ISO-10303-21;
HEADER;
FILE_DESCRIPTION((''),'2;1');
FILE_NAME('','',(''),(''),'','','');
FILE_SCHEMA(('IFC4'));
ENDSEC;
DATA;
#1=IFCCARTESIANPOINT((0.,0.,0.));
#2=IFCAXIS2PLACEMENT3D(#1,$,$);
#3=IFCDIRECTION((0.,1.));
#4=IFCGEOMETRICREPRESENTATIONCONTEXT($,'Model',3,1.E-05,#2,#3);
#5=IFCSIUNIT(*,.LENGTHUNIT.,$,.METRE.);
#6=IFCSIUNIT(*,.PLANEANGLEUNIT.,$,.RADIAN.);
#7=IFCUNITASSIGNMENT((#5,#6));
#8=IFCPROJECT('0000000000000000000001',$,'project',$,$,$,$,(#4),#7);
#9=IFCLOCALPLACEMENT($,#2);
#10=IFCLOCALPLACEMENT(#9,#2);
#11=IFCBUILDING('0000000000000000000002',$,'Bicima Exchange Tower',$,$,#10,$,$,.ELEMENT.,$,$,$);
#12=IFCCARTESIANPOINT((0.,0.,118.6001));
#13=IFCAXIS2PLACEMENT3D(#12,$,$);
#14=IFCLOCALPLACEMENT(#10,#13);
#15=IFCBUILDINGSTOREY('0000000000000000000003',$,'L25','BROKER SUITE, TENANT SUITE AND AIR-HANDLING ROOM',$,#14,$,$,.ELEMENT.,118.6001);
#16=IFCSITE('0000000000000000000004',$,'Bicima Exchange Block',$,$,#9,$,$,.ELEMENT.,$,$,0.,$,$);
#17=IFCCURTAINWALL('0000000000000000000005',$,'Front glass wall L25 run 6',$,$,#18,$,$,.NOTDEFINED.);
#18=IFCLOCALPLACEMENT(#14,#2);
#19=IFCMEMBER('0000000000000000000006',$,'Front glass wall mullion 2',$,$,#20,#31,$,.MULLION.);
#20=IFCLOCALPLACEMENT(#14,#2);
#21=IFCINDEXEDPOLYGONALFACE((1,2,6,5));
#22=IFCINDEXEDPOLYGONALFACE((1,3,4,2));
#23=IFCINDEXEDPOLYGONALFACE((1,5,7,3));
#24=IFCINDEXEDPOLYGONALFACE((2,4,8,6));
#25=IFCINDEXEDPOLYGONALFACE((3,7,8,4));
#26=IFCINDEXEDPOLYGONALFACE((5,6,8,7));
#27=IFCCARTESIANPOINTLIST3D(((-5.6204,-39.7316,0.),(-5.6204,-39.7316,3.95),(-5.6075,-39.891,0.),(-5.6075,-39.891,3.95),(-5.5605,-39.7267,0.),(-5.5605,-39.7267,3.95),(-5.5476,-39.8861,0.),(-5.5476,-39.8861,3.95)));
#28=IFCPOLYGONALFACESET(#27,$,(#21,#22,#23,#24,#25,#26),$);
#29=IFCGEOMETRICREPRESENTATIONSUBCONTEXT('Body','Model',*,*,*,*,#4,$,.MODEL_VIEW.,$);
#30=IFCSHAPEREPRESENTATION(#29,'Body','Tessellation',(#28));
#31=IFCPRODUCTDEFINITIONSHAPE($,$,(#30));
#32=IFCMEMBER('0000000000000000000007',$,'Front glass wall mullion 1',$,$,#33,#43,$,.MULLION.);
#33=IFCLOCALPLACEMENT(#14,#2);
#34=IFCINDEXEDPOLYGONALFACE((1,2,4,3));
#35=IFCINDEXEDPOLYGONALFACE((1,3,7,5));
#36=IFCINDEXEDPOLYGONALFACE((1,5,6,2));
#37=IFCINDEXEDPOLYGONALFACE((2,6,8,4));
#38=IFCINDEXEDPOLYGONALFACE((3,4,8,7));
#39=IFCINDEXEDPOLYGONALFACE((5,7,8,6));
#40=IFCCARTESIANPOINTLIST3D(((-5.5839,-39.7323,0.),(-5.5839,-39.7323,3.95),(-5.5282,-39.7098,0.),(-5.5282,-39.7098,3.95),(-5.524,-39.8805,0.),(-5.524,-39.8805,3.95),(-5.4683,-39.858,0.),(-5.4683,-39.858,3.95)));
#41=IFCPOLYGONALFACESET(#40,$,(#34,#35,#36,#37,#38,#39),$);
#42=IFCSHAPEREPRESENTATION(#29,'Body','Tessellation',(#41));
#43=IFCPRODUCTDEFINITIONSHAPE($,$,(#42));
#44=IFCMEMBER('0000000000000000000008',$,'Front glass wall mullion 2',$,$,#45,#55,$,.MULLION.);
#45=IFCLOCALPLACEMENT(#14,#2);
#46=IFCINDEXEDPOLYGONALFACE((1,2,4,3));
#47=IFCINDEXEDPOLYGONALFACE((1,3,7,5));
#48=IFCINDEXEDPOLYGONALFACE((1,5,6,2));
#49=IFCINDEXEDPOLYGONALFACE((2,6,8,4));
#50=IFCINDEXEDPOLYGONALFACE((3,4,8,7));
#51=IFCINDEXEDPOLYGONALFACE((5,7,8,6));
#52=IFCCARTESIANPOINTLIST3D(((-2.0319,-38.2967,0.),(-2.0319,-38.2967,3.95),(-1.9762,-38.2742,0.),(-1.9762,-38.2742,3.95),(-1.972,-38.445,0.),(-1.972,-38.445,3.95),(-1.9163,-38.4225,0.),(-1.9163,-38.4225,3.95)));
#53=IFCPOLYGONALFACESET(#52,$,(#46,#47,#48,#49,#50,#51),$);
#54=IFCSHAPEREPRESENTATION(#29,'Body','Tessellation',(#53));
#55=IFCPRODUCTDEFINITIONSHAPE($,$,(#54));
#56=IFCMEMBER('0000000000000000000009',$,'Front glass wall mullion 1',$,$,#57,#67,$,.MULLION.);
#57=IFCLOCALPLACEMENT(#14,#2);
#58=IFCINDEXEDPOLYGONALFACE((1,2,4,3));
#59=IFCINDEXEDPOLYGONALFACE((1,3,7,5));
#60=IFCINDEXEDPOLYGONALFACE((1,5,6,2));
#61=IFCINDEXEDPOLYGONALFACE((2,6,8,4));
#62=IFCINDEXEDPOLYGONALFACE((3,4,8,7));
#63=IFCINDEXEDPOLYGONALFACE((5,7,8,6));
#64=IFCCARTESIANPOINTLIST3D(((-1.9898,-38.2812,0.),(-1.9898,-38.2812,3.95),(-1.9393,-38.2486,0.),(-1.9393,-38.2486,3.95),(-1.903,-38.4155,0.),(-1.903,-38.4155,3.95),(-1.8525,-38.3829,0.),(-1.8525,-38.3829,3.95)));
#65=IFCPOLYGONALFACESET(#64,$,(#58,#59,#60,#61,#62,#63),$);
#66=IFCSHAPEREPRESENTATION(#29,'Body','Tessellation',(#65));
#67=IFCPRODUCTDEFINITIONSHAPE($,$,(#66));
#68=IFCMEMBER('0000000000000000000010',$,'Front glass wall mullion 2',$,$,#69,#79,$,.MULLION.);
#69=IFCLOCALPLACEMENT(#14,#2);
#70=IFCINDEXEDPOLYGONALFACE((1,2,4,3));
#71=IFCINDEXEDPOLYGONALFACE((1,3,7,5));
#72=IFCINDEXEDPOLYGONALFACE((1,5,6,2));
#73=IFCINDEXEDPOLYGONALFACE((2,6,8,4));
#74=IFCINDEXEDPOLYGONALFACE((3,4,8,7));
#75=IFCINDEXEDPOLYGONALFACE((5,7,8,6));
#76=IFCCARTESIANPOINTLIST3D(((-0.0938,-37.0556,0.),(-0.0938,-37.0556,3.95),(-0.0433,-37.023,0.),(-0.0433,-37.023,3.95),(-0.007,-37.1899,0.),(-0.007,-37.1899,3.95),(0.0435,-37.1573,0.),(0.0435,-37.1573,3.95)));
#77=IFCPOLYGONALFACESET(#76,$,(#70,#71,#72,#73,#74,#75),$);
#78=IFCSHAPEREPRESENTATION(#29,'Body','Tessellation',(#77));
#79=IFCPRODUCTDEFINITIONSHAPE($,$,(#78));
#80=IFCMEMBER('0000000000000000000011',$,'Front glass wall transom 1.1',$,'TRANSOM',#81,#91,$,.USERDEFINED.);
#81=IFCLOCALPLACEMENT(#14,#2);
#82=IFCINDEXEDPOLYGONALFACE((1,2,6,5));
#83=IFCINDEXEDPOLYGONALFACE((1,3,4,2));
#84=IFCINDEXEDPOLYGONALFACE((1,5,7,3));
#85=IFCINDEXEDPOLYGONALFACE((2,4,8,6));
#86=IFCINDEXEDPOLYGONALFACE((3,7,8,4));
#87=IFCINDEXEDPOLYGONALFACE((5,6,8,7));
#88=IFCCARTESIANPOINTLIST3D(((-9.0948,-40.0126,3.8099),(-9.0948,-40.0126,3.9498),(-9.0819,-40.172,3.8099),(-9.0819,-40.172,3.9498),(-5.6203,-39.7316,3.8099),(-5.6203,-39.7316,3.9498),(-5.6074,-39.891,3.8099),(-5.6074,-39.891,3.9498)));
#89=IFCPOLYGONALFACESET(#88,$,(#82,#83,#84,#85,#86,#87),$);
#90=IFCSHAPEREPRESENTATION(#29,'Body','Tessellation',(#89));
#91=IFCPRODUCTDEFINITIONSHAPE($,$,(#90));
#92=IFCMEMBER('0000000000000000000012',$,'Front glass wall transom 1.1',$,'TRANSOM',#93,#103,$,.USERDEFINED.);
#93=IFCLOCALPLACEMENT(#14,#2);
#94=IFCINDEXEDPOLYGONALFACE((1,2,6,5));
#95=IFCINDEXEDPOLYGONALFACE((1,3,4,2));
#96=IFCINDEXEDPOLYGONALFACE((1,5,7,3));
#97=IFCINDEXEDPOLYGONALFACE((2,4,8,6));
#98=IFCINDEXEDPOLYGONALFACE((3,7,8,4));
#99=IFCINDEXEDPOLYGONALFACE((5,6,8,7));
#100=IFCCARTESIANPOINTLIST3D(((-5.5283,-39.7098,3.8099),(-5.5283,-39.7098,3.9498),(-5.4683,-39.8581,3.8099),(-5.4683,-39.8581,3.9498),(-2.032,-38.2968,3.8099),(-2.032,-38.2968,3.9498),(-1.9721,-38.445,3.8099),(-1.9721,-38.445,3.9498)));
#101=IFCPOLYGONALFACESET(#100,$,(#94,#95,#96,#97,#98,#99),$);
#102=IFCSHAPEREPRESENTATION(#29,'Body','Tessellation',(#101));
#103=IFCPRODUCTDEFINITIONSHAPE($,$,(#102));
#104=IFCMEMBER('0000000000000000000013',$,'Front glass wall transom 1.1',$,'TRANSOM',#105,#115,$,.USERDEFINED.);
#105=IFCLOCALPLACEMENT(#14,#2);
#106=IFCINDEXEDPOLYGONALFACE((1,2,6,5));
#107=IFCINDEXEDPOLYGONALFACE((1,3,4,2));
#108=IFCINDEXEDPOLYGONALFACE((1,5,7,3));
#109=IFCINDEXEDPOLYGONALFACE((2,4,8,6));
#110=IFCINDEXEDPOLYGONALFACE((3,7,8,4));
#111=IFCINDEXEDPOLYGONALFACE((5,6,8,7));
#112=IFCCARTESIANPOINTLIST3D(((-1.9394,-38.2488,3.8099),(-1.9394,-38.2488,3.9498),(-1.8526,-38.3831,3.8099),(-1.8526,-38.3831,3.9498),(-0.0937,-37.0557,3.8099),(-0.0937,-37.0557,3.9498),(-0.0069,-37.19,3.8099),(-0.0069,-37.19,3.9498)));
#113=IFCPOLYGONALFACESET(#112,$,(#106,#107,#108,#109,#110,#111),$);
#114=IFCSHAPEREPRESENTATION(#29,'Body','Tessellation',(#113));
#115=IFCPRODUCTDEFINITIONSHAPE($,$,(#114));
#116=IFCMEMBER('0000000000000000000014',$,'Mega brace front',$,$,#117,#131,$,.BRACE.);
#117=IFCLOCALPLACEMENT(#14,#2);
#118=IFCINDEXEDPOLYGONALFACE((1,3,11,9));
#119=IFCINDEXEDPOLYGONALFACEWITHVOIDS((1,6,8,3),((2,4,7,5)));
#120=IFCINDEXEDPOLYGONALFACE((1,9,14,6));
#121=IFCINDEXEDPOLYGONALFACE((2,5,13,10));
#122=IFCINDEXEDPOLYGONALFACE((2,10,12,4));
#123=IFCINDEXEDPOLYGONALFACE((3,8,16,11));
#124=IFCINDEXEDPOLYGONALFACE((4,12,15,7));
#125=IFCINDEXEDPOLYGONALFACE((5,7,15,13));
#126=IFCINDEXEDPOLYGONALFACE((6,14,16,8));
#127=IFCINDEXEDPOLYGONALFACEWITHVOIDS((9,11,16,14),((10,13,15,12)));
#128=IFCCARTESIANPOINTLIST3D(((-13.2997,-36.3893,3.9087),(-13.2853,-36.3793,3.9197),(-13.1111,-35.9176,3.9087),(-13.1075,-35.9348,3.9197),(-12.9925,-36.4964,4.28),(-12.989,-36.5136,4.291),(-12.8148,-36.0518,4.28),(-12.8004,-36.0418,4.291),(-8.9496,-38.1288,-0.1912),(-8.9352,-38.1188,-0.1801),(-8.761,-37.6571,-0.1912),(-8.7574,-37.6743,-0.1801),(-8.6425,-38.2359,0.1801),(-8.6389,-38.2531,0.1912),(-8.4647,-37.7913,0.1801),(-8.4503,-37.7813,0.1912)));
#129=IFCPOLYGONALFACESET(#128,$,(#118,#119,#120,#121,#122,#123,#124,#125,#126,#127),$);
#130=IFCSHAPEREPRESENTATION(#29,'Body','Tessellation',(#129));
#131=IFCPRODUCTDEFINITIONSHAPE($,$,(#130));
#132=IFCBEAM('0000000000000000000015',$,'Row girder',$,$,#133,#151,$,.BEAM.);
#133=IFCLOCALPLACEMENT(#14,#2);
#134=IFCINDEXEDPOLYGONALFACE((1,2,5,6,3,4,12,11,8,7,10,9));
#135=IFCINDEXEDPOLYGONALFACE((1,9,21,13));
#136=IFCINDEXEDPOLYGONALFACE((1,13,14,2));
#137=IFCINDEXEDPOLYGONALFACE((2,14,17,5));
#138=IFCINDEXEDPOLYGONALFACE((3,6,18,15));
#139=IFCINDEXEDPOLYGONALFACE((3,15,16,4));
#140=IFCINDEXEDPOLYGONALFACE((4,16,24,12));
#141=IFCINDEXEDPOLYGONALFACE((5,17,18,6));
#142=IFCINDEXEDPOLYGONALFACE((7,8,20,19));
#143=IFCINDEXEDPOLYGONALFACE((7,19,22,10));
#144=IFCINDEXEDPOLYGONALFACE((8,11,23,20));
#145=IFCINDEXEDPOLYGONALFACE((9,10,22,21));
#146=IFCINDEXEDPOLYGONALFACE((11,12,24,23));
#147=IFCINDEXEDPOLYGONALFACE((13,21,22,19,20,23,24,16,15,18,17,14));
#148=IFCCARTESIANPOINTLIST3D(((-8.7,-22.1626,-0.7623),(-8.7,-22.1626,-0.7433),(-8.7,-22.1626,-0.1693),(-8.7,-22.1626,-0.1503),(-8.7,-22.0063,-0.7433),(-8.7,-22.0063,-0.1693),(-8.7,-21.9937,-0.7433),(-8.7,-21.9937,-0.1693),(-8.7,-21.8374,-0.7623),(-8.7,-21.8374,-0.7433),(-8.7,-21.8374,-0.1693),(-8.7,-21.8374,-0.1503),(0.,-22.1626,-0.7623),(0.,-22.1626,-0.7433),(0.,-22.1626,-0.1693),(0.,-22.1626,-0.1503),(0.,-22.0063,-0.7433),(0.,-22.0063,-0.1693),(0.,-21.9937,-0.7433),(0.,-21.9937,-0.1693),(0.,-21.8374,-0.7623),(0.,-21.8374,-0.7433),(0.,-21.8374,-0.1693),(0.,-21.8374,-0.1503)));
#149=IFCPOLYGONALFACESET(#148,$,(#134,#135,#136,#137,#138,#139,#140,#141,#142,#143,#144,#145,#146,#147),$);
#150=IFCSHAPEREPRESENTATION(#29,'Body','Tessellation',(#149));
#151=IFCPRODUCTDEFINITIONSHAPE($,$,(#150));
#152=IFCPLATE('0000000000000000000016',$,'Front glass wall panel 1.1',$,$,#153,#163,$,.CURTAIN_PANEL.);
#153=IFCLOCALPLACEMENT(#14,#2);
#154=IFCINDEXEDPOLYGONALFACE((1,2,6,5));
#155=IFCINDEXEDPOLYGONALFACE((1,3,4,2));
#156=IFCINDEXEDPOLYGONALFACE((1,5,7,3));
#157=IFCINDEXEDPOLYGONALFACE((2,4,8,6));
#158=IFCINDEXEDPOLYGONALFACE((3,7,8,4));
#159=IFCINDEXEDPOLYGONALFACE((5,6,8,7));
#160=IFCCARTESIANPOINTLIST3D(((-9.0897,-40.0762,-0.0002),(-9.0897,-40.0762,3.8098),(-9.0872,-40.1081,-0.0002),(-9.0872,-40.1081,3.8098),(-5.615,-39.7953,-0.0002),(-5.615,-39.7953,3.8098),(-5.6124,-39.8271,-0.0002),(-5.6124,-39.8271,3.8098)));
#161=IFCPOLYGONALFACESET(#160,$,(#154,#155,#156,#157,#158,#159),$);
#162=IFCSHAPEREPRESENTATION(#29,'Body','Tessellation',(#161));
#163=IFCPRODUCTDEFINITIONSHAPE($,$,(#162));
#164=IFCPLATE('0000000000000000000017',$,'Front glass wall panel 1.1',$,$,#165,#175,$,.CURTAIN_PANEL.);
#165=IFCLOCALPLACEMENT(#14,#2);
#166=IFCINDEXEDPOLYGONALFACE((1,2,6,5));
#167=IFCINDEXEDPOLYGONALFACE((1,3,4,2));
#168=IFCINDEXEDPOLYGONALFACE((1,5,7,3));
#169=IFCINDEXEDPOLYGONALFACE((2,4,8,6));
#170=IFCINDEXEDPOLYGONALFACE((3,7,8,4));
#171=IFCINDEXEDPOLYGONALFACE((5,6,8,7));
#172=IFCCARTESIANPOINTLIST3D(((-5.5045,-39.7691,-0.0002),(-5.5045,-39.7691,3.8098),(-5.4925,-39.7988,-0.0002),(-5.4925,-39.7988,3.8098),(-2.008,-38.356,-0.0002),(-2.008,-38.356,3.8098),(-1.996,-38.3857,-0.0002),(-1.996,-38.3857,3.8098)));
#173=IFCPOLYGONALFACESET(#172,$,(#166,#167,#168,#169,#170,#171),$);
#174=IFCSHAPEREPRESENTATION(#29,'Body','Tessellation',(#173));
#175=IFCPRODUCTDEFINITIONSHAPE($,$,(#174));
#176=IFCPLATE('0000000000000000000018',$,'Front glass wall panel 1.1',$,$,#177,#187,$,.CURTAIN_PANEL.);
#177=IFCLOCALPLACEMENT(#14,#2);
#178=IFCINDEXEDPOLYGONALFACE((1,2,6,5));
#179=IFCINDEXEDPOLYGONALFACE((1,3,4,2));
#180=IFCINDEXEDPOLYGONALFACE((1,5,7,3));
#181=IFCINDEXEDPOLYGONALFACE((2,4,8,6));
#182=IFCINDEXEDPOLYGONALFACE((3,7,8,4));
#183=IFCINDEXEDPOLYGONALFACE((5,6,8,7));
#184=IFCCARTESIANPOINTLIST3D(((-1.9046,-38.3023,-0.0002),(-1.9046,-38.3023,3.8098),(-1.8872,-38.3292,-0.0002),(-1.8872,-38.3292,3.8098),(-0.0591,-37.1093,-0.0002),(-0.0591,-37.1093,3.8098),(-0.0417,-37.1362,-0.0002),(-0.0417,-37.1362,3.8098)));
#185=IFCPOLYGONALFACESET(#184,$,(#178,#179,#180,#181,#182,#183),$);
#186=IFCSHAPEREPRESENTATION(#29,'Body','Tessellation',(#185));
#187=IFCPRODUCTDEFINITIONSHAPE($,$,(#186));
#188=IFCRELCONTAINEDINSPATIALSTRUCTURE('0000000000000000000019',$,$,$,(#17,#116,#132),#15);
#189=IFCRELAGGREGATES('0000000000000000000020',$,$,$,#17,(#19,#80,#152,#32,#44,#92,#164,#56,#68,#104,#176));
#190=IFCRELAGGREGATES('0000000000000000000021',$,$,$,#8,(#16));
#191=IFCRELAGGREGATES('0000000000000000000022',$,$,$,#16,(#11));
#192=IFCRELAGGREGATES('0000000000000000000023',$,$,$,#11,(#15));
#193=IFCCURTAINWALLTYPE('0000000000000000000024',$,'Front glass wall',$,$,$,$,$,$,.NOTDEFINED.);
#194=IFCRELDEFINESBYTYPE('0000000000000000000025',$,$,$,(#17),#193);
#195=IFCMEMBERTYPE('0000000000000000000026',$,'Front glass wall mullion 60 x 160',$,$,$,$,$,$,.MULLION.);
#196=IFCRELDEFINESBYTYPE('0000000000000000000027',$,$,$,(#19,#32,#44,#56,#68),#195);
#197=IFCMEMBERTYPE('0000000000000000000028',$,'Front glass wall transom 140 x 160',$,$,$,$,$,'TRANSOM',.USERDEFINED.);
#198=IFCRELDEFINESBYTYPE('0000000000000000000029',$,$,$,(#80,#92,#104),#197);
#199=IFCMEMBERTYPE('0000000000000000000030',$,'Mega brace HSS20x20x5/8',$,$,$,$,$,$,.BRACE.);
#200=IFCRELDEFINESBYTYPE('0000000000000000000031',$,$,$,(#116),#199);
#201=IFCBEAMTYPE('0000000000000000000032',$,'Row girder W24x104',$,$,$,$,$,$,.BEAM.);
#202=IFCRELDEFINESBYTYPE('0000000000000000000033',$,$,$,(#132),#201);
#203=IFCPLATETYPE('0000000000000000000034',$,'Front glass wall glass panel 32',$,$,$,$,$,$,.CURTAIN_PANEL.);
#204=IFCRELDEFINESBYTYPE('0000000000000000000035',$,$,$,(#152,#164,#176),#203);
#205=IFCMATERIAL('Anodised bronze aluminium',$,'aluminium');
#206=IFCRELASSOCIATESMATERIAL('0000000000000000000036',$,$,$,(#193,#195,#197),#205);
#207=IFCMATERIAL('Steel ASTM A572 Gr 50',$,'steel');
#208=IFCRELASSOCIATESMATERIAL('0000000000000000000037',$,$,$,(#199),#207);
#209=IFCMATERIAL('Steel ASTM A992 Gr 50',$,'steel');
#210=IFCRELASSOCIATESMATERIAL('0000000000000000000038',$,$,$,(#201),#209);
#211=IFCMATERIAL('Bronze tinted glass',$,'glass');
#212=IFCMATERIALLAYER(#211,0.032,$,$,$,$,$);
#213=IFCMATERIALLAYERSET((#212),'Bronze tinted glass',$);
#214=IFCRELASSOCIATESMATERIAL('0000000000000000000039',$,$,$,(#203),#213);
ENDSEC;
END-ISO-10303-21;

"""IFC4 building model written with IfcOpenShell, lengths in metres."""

from ifc_helpers import new_model, si_unit, direction, frame, origin, origin_2d, place, context, subcontext, project, spatial, rectangle, hollow_rectangle, i_section, extrude, material, layer, layer_set, material_profile, profile_set, type_object, element, aggregate, save


model = new_model("IFC4")

# Units and contexts
model_context = context("Model", 3, precision=1e-05, world=origin(), true_north=direction((0.0, 1.0)))
body_context = subcontext(model_context, "Body", "Model", "MODEL_VIEW")
ifc_project = project(units=[si_unit("LENGTHUNIT", "METRE"), si_unit("PLANEANGLEUNIT", "RADIAN")], contexts=[model_context])

# Site, building, storey
site_placement = place(None, origin())
site = spatial("IfcSite", under=ifc_project, at=site_placement, Name="Bicima Exchange Block", CompositionType="ELEMENT", RefElevation=0.0)
building_placement = place(site_placement, origin())
building = spatial("IfcBuilding", under=site, at=building_placement, Name="Bicima Exchange Tower", CompositionType="ELEMENT")
storey_placement = place(building_placement, frame((0.0, 0.0, 118.6001)))
storey = spatial("IfcBuildingStorey", under=building, at=storey_placement, Name="L25", Description="BROKER SUITE, TENANT SUITE AND AIR-HANDLING ROOM", CompositionType="ELEMENT", Elevation=118.6001)

# Shared definitions
ifc_material_1 = material(Name="Steel ASTM A992 Gr 50", Category="steel")

# Shared definitions
ifc_material_2 = material(Name="Steel ASTM A572 Gr 50", Category="steel")

# Curtain wall, members
ifc_material_3 = material(Name="Anodised bronze aluminium", Category="aluminium")
curtain_wall_type = type_object("IfcCurtainWallType", Name="Front glass wall", PredefinedType="NOTDEFINED", material=ifc_material_3)
curtain_wall_placement = place(storey_placement, origin())
curtain_wall = element("IfcCurtainWall", 1, at=curtain_wall_placement, inside=storey, type_object=curtain_wall_type, Name="Front glass wall L25 run 6", PredefinedType="NOTDEFINED")
ifc_material_profile_1 = material_profile(ifc_material_3, rectangle(XDim=0.1599, YDim=0.0601, at=origin_2d()))
ifc_profile_set_1 = profile_set([ifc_material_profile_1], Name="Anodised bronze aluminium")
member_type_1 = type_object("IfcMemberType", Name="Front glass wall mullion 60 x 160", PredefinedType="MULLION", material=ifc_profile_set_1)
member_1_placement = place(storey_placement, frame((-5.584, -39.8088, 0.0), z_axis=(0.0, 0.0, 1.0), x_axis=(-0.080589, 0.996747, 0.0)))
member_1 = element("IfcMember", 2, at=member_1_placement, type_object=member_type_1, Name="Front glass wall mullion 2", PredefinedType="MULLION", context=body_context, shape_type="SweptSolid", body=[
    extrude(rectangle(XDim=0.1599, YDim=0.0601, at=origin_2d()), origin(), (0.0, 0.0, 1.0), 3.95),
])
member_2_placement = place(storey_placement, frame((-5.5261, -39.7952, 0.0), z_axis=(0.0, 0.0, 1.0), x_axis=(-0.374705, 0.927144, 0.0)))
member_2 = element("IfcMember", 3, at=member_2_placement, type_object=member_type_1, Name="Front glass wall mullion 1", PredefinedType="MULLION", context=body_context, shape_type="SweptSolid", body=[
    extrude(rectangle(XDim=0.1599, YDim=0.0601, at=origin_2d()), origin(), (0.0, 0.0, 1.0), 3.95),
])
member_3_placement = place(storey_placement, frame((-1.9741, -38.3596, 0.0), z_axis=(0.0, 0.0, 1.0), x_axis=(-0.374705, 0.927144, 0.0)))
member_3 = element("IfcMember", 4, at=member_3_placement, type_object=member_type_1, Name="Front glass wall mullion 2", PredefinedType="MULLION", context=body_context, shape_type="SweptSolid", body=[
    extrude(rectangle(XDim=0.1599, YDim=0.0601, at=origin_2d()), origin(), (0.0, 0.0, 1.0), 3.95),
])
member_4_placement = place(storey_placement, frame((-1.9211, -38.332, 0.0), z_axis=(0.0, 0.0, 1.0), x_axis=(-0.542897, 0.839799, 0.0)))
member_4 = element("IfcMember", 5, at=member_4_placement, type_object=member_type_1, Name="Front glass wall mullion 1", PredefinedType="MULLION", context=body_context, shape_type="SweptSolid", body=[
    extrude(rectangle(XDim=0.1599, YDim=0.0601, at=origin_2d()), origin(), (0.0, 0.0, 1.0), 3.95),
])
member_5_placement = place(storey_placement, frame((-0.0251, -37.1064, 0.0), z_axis=(0.0, 0.0, 1.0), x_axis=(-0.542897, 0.839799, 0.0)))
member_5 = element("IfcMember", 6, at=member_5_placement, type_object=member_type_1, Name="Front glass wall mullion 2", PredefinedType="MULLION", context=body_context, shape_type="SweptSolid", body=[
    extrude(rectangle(XDim=0.1599, YDim=0.0601, at=origin_2d()), origin(), (0.0, 0.0, 1.0), 3.95),
])
ifc_material_profile_2 = material_profile(ifc_material_3, rectangle(XDim=0.1599, YDim=0.1399, at=origin_2d()))
ifc_profile_set_2 = profile_set([ifc_material_profile_2], Name="Anodised bronze aluminium")
member_type_2 = type_object("IfcMemberType", Name="Front glass wall transom 140 x 160", ElementType="TRANSOM", PredefinedType="USERDEFINED", material=ifc_profile_set_2)
member_6_placement = place(storey_placement, frame((-9.0884, -40.0923, 3.8799), z_axis=(0.996746, 0.080611, 0.0), x_axis=(-0.080611, 0.996746, 0.0)))
member_6 = element("IfcMember", 7, at=member_6_placement, type_object=member_type_2, Name="Front glass wall transom 1.1", ObjectType="TRANSOM", PredefinedType="USERDEFINED", context=body_context, shape_type="SweptSolid", body=[
    extrude(rectangle(XDim=0.1599, YDim=0.1399, at=origin_2d()), origin(), (0.0, 0.0, 1.0), 3.4858),
])
member_7_placement = place(storey_placement, frame((-5.4983, -39.7839, 3.8799), z_axis=(0.92714, 0.374715, 0.0), x_axis=(-0.374715, 0.92714, 0.0)))
member_7 = element("IfcMember", 8, at=member_7_placement, type_object=member_type_2, Name="Front glass wall transom 1.1", ObjectType="TRANSOM", PredefinedType="USERDEFINED", context=body_context, shape_type="SweptSolid", body=[
    extrude(rectangle(XDim=0.1599, YDim=0.1399, at=origin_2d()), origin(), (0.0, 0.0, 1.0), 3.771),
])
member_8_placement = place(storey_placement, frame((-1.896, -38.3159, 3.8799), z_axis=(0.839811, 0.542878, 0.0), x_axis=(-0.542878, 0.839811, 0.0)))
member_8 = element("IfcMember", 9, at=member_8_placement, type_object=member_type_2, Name="Front glass wall transom 1.1", ObjectType="TRANSOM", PredefinedType="USERDEFINED", context=body_context, shape_type="SweptSolid", body=[
    extrude(rectangle(XDim=0.1599, YDim=0.1399, at=origin_2d()), origin(), (0.0, 0.0, 1.0), 2.1978),
])

# Member
ifc_material_profile_3 = material_profile(ifc_material_2, hollow_rectangle(XDim=0.5081, YDim=0.5081, WallThickness=0.0146, at=origin_2d()))
ifc_profile_set_3 = profile_set([ifc_material_profile_3], Name="Steel ASTM A572 Gr 50")
member_type_3 = type_object("IfcMemberType", Name="Mega brace HSS20x20x5/8", PredefinedType="BRACE", material=ifc_profile_set_3)
member_9_placement = place(storey_placement, frame((-8.7, -37.9551, 0.0), z_axis=(-0.698744, 0.279411, 0.658548), x_axis=(-0.371292, -0.928516, 0.0)))
element("IfcMember", 10, at=member_9_placement, inside=storey, type_object=member_type_3, Name="Mega brace front", PredefinedType="BRACE", context=body_context, shape_type="SweptSolid", body=[
    extrude(hollow_rectangle(XDim=0.5081, YDim=0.5081, WallThickness=0.0146, at=origin_2d()), origin(), (0.0, 0.0, 1.0), 6.2256),
])

# Beam
ifc_material_profile_4 = material_profile(ifc_material_1, i_section(OverallWidth=0.3252, OverallDepth=0.6121, WebThickness=0.0127, FlangeThickness=0.019, at=origin_2d()))
ifc_profile_set_4 = profile_set([ifc_material_profile_4], Name="Steel ASTM A992 Gr 50")
beam_type_1 = type_object("IfcBeamType", Name="Row girder W24x104", PredefinedType="BEAM", material=ifc_profile_set_4)
beam_1_placement = place(storey_placement, frame((-8.7, -22.0, -0.4563), z_axis=(1.0, 0.0, 0.0), x_axis=(0.0, 1.0, 0.0)))
element("IfcBeam", 11, at=beam_1_placement, inside=storey, type_object=beam_type_1, Name="Row girder", PredefinedType="BEAM", context=body_context, shape_type="SweptSolid", body=[
    extrude(i_section(OverallWidth=0.3252, OverallDepth=0.6121, WebThickness=0.0127, FlangeThickness=0.019, at=origin_2d()), origin(), (0.0, 0.0, 1.0), 8.7),
])

# Plates
ifc_material_4 = material(Name="Bronze tinted glass", Category="glass")
ifc_layer_1 = layer(ifc_material_4, 0.032)
ifc_layer_set_1 = layer_set([ifc_layer_1], Name="Bronze tinted glass")
plate_type_1 = type_object("IfcPlateType", Name="Front glass wall glass panel 32", PredefinedType="CURTAIN_PANEL", material=ifc_layer_set_1)
plate_1_placement = place(storey_placement, frame((-7.3511, -39.9517, -0.0002), z_axis=(0.0, 0.0, 1.0), x_axis=(0.996747, 0.080589, 0.0)))
plate_1 = element("IfcPlate", 12, at=plate_1_placement, type_object=plate_type_1, Name="Front glass wall panel 1.1", PredefinedType="CURTAIN_PANEL", context=body_context, shape_type="SweptSolid", body=[
    extrude(rectangle(XDim=3.4861, YDim=0.032, at=origin_2d()), origin(), (0.0, 0.0, 1.0), 3.8101),
])
plate_2_placement = place(storey_placement, frame((-3.7502, -39.0774, -0.0002), z_axis=(0.0, 0.0, 1.0), x_axis=(0.927144, 0.374705, 0.0)))
plate_2 = element("IfcPlate", 13, at=plate_2_placement, type_object=plate_type_1, Name="Front glass wall panel 1.1", PredefinedType="CURTAIN_PANEL", context=body_context, shape_type="SweptSolid", body=[
    extrude(rectangle(XDim=3.7712, YDim=0.032, at=origin_2d()), origin(), (0.0, 0.0, 1.0), 3.8101),
])
plate_3_placement = place(storey_placement, frame((-0.9731, -37.7192, -0.0002), z_axis=(0.0, 0.0, 1.0), x_axis=(0.839799, 0.542897, 0.0)))
plate_3 = element("IfcPlate", 14, at=plate_3_placement, type_object=plate_type_1, Name="Front glass wall panel 1.1", PredefinedType="CURTAIN_PANEL", context=body_context, shape_type="SweptSolid", body=[
    extrude(rectangle(XDim=2.1975, YDim=0.032, at=origin_2d()), origin(), (0.0, 0.0, 1.0), 3.8101),
])
aggregate(curtain_wall, [member_1, member_6, plate_1, member_2, member_3, member_7, plate_2, member_4, member_5, member_8, plate_3])

save(model, "model.ifc")
